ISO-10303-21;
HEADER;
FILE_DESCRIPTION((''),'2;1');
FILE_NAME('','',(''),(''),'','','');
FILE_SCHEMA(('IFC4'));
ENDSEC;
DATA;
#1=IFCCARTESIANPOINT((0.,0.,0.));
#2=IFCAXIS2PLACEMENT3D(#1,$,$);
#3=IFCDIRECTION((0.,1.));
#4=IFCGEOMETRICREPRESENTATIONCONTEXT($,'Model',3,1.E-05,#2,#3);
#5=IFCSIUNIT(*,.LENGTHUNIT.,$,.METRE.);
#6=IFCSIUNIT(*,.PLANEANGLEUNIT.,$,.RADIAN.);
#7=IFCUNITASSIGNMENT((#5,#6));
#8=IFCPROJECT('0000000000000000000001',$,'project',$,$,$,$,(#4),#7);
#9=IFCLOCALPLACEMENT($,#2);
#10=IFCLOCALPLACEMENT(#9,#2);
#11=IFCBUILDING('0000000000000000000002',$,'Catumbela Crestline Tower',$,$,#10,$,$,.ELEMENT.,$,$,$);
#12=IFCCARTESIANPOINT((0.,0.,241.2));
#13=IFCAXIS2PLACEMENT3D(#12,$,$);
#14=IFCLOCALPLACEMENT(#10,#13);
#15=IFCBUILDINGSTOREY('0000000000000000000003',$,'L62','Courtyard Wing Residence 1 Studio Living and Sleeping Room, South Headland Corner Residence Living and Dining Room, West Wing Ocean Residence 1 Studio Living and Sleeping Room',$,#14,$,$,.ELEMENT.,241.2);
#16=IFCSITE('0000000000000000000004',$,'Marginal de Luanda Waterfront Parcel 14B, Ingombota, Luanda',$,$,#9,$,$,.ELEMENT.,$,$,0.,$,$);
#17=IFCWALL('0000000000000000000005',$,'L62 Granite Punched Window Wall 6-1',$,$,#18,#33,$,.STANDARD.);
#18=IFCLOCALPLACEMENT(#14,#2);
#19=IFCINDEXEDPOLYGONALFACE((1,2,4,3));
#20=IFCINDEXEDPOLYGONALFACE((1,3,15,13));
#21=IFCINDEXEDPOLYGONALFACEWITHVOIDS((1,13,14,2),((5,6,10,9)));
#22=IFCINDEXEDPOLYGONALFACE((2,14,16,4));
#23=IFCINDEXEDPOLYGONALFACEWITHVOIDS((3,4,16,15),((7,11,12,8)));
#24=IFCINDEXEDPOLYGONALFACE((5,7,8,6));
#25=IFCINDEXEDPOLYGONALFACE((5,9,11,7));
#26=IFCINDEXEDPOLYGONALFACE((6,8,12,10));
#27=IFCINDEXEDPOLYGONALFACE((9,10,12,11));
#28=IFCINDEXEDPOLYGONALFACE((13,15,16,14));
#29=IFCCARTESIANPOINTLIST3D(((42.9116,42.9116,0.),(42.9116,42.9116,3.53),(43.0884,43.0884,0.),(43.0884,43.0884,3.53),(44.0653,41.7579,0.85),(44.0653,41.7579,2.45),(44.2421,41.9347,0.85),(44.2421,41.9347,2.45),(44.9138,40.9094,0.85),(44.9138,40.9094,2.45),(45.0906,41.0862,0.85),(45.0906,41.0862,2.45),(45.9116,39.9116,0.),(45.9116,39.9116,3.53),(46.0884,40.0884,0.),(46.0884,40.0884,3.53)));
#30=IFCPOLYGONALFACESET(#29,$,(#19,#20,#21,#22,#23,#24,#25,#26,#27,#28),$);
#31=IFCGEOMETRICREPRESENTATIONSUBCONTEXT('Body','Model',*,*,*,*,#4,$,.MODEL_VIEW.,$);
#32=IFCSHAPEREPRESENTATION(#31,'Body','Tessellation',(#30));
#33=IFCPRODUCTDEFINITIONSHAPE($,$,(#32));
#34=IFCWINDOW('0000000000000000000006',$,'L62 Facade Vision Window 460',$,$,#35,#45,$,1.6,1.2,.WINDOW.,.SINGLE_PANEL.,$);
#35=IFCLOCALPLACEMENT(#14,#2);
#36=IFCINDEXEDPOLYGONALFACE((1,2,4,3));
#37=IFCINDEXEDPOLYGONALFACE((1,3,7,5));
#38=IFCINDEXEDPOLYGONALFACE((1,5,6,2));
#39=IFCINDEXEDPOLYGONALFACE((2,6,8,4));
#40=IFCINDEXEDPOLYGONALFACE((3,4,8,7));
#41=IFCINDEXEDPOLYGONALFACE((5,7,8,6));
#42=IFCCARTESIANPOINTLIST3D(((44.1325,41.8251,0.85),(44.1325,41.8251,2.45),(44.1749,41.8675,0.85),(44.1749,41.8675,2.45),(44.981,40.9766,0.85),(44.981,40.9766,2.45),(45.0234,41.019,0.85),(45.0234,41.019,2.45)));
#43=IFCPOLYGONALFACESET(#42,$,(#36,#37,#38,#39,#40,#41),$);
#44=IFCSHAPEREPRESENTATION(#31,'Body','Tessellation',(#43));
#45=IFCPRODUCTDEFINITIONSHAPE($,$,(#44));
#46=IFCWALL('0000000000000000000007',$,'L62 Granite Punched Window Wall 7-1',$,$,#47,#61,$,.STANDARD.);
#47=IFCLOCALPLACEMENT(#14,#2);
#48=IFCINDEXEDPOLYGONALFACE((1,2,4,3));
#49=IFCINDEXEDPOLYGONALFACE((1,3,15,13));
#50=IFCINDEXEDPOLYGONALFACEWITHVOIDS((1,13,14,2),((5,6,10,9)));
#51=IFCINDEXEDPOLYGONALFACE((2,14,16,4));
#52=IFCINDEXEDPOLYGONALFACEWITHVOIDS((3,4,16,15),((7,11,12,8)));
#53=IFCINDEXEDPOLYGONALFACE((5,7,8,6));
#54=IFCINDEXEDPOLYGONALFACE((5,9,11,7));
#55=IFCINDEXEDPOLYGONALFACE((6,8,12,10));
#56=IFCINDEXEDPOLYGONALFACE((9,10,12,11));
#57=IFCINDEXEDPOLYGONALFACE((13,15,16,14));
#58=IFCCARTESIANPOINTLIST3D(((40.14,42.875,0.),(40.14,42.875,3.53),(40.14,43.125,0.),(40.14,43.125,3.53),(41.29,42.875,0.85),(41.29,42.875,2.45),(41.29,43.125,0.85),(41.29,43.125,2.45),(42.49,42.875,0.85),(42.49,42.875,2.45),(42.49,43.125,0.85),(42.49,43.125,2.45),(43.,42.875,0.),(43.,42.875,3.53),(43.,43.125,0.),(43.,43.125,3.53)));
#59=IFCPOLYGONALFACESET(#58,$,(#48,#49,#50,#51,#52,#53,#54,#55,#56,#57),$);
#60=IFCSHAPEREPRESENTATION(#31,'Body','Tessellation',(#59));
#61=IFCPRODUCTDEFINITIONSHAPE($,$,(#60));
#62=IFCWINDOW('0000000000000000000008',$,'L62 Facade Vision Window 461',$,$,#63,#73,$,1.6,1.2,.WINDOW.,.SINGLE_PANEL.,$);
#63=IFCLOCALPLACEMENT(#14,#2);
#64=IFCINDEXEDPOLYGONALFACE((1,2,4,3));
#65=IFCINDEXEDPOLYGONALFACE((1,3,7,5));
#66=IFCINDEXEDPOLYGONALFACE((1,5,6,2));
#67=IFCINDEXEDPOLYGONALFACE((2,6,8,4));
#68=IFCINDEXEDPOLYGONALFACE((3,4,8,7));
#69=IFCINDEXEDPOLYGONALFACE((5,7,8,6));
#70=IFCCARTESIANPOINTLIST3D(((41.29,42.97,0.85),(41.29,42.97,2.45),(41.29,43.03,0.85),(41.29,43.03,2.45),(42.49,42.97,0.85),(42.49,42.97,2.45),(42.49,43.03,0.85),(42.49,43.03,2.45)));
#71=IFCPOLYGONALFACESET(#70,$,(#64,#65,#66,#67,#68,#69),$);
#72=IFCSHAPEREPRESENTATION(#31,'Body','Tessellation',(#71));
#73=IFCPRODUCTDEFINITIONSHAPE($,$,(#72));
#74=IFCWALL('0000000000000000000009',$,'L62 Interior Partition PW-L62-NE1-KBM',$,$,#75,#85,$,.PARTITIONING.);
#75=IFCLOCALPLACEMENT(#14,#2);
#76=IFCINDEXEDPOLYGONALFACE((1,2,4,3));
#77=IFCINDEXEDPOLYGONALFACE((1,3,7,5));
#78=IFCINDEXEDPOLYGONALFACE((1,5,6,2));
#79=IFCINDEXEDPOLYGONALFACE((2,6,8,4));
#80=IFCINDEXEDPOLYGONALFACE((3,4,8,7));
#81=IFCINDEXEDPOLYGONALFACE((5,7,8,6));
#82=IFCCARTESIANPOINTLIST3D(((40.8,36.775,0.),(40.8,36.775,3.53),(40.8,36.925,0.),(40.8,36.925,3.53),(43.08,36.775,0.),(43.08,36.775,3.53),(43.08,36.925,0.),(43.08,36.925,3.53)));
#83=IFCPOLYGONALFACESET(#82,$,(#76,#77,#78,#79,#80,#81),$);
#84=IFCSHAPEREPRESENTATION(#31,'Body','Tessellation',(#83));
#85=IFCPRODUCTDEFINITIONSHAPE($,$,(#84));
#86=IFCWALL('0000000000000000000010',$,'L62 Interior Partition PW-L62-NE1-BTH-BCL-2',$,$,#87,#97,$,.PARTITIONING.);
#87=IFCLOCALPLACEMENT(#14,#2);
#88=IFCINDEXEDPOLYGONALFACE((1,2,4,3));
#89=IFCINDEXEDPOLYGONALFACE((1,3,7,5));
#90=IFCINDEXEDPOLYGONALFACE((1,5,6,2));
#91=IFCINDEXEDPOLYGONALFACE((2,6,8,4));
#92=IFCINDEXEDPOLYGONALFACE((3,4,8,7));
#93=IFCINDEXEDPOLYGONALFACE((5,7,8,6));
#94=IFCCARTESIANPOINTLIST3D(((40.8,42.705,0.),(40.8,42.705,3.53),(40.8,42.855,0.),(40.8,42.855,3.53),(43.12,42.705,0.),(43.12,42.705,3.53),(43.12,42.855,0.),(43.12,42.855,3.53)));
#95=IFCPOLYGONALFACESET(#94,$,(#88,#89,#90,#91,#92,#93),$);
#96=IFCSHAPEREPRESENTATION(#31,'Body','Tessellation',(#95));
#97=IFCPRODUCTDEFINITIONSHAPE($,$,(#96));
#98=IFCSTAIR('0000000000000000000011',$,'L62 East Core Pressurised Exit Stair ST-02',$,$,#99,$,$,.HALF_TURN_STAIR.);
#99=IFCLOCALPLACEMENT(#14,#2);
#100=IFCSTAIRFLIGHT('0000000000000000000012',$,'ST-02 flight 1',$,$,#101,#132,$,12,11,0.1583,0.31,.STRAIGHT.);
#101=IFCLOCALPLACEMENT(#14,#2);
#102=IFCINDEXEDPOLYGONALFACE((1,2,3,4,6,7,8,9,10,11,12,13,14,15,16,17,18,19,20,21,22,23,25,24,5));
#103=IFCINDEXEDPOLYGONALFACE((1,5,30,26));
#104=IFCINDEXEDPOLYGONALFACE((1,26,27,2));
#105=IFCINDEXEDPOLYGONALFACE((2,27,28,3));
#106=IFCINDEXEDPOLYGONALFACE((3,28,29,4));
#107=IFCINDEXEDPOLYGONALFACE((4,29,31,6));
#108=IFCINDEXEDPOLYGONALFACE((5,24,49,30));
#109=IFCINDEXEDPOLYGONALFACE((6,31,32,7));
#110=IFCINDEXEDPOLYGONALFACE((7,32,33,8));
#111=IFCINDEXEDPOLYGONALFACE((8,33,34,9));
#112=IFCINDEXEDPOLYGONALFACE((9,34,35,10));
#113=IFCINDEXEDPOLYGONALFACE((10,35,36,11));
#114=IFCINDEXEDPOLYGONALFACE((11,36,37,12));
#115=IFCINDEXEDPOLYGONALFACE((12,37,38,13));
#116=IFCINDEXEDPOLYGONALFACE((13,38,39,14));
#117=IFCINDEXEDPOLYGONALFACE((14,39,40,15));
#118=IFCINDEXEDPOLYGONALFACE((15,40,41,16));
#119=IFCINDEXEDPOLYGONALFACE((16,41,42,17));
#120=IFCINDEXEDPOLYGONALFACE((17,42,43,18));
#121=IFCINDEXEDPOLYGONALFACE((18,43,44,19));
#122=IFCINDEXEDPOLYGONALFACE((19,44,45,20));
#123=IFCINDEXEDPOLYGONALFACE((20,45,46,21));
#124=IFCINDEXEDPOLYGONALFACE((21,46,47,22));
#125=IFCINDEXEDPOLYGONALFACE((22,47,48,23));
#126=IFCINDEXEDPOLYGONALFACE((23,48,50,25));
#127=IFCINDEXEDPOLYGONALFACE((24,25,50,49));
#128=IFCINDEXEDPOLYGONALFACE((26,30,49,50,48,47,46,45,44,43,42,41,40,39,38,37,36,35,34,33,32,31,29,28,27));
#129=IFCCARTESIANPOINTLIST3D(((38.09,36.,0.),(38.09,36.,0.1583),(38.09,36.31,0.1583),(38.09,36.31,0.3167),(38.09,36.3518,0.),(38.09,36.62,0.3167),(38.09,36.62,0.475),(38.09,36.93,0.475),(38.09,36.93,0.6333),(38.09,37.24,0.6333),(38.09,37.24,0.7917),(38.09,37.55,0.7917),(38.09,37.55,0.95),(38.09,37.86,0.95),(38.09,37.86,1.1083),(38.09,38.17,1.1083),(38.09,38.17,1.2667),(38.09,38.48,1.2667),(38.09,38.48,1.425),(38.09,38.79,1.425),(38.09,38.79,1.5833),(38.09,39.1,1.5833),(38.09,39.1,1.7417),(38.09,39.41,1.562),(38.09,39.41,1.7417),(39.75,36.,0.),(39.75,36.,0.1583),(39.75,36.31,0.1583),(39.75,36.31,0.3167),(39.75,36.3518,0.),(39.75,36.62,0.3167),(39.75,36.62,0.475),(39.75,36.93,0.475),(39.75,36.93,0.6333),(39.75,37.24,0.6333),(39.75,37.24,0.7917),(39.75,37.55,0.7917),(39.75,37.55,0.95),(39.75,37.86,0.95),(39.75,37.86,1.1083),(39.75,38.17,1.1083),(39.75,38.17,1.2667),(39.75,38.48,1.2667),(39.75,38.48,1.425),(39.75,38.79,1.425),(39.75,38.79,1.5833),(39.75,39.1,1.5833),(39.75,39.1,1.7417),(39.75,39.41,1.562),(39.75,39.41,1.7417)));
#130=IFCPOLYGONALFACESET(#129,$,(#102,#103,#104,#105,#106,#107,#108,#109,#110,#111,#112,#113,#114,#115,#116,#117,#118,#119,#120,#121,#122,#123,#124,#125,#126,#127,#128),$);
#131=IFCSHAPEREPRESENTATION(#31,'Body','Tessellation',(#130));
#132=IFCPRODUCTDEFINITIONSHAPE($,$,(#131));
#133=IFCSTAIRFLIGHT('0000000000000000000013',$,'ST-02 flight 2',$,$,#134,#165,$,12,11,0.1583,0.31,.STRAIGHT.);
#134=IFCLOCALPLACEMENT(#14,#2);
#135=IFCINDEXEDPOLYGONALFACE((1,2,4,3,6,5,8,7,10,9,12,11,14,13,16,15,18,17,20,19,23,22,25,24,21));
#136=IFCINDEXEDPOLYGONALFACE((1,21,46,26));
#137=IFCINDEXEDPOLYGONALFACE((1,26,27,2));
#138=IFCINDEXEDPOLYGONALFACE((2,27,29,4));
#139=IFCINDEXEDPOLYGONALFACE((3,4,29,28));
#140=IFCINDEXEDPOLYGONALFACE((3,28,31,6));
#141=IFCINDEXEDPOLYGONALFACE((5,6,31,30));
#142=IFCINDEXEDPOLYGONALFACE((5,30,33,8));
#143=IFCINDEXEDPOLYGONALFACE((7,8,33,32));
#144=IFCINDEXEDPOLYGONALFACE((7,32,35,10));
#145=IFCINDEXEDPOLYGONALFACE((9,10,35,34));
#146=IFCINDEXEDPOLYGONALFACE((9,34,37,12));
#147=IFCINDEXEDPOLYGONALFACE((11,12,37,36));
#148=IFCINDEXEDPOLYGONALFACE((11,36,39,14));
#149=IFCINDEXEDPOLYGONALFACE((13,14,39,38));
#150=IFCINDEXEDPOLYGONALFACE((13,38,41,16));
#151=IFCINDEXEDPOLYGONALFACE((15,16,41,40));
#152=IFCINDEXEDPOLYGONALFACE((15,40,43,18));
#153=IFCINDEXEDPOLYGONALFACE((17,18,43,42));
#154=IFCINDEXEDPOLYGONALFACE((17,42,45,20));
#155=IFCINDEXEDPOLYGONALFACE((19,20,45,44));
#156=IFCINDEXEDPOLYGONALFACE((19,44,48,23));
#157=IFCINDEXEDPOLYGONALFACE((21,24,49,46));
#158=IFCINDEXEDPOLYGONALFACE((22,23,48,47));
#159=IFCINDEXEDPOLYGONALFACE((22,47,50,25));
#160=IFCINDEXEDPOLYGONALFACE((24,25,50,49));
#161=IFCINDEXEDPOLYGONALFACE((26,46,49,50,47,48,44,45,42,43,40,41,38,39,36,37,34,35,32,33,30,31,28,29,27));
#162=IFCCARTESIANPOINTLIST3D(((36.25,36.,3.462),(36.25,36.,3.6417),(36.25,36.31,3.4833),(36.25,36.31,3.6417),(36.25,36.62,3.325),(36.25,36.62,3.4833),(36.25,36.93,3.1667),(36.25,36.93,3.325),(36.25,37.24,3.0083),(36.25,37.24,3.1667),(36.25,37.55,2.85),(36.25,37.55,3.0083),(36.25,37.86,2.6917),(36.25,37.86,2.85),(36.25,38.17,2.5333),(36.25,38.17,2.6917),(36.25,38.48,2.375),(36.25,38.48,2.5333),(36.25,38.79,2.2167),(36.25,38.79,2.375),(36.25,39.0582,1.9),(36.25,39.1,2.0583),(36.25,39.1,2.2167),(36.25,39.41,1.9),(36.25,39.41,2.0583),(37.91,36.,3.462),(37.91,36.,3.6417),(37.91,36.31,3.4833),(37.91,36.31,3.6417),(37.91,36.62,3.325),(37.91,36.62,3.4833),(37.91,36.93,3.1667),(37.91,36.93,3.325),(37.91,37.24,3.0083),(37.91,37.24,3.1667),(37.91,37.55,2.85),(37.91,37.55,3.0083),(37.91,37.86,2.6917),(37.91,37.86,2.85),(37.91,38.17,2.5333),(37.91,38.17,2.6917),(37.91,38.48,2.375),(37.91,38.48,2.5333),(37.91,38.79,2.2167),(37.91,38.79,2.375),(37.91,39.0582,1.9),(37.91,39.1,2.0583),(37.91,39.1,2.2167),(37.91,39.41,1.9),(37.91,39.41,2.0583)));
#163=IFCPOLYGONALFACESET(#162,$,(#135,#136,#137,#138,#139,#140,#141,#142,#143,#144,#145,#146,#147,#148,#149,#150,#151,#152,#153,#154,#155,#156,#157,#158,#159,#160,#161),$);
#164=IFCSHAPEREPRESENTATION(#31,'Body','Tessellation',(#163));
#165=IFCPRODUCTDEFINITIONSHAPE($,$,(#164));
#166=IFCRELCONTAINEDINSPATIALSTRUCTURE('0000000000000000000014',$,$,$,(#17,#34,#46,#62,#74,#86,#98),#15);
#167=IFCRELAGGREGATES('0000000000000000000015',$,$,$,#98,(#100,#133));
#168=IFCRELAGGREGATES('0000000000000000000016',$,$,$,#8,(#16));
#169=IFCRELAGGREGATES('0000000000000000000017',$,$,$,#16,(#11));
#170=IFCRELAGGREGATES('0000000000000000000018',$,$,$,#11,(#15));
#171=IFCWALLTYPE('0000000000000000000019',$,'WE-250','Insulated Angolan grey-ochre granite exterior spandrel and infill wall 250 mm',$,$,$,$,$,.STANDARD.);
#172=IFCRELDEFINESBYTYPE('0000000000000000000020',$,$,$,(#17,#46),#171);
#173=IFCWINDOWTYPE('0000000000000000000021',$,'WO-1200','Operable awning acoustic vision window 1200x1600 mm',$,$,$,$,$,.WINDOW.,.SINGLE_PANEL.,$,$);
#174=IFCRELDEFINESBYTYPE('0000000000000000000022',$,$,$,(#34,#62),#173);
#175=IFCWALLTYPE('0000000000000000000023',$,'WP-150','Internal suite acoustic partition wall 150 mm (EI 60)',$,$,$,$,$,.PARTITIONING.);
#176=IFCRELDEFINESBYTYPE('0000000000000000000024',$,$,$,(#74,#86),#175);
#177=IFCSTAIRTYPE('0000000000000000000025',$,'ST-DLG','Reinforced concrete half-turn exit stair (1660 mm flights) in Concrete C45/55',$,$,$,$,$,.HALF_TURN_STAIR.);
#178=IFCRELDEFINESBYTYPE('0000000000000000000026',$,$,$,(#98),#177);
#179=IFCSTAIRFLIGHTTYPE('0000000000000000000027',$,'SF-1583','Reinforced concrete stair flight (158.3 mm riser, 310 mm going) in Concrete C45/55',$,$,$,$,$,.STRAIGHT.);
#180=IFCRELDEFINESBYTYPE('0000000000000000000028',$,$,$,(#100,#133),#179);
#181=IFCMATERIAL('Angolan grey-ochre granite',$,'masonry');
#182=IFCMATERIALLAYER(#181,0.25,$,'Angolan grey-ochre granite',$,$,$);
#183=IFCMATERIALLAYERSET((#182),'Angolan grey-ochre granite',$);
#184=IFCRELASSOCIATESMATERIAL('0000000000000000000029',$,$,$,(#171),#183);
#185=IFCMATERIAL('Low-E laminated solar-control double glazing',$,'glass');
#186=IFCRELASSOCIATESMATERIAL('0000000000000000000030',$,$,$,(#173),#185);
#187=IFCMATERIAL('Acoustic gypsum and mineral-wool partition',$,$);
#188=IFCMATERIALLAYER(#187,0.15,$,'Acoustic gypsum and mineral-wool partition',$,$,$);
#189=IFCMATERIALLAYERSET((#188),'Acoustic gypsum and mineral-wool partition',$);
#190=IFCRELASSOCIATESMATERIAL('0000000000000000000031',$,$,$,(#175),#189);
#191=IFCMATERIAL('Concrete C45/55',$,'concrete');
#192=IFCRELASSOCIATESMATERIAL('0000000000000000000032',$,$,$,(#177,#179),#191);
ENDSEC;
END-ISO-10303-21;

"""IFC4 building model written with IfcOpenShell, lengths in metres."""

from ifc_helpers import new_model, si_unit, direction, frame, frame_2d, origin, place, context, subcontext, project, spatial, polyline, rectangle, outline, extrude, material, layer, layer_set, type_object, element, fill, aggregate, save


model = new_model("IFC4")

# Units and contexts
model_context = context("Model", 3, precision=1e-05, world=origin(), true_north=direction((0.0, 1.0)))
body_context = subcontext(model_context, "Body", "Model", "MODEL_VIEW")
ifc_project = project(units=[si_unit("LENGTHUNIT", "METRE"), si_unit("PLANEANGLEUNIT", "RADIAN")], contexts=[model_context])

# Site, building, storey
site_placement = place(None, origin())
site = spatial("IfcSite", under=ifc_project, at=site_placement, Name="Marginal de Luanda Waterfront Parcel 14B, Ingombota, Luanda", CompositionType="ELEMENT", RefElevation=0.0)
building_placement = place(site_placement, origin())
building = spatial("IfcBuilding", under=site, at=building_placement, Name="Catumbela Crestline Tower", CompositionType="ELEMENT")
storey_placement = place(building_placement, frame((0.0, 0.0, 241.2)))
storey = spatial("IfcBuildingStorey", under=building, at=storey_placement, Name="L62", Description="Courtyard Wing Residence 1 Studio Living and Sleeping Room, South Headland Corner Residence Living and Dining Room, West Wing Ocean Residence 1 Studio Living and Sleeping Room", CompositionType="ELEMENT", Elevation=241.2)

# Shared definitions
ifc_material_1 = material(Name="Low-E laminated solar-control double glazing", Category="glass")

# Walls, openings, windows
ifc_material_2 = material(Name="Angolan grey-ochre granite", Category="masonry")
ifc_layer_1 = layer(ifc_material_2, 0.25, Name="Angolan grey-ochre granite")
ifc_layer_set_1 = layer_set([ifc_layer_1], Name="Angolan grey-ochre granite")
wall_type_1 = type_object("IfcWallType", Name="WE-250", Description="Insulated Angolan grey-ochre granite exterior spandrel and infill wall 250 mm", PredefinedType="STANDARD", material=ifc_layer_set_1)
wall_1_placement = place(storey_placement, frame((46.0, 40.0, 0.0), z_axis=(0.0, 0.0, 1.0), x_axis=(-0.707107, 0.707107, 0.0)))
wall_1 = element("IfcWall", 1, at=wall_1_placement, inside=storey, type_object=wall_type_1, Name="L62 Granite Punched Window Wall 6-1", PredefinedType="STANDARD", context=body_context, shape_type="SweptSolid", body=[
    extrude(rectangle(XDim=4.2426, YDim=0.25, at=frame_2d((2.1213, 0.0))), origin(), (0.0, 0.0, 1.0), 3.53),
])
opening_1_placement = place(wall_1_placement, frame((1.4111, 0.0, 0.85)))
opening_1 = element("IfcOpeningElement", 2, at=opening_1_placement, cuts=wall_1, PredefinedType="OPENING", context=body_context, shape_type="SweptSolid", body=[
    extrude(rectangle(XDim=1.2, YDim=1.6, at=frame_2d((0.6, 0.8))), frame((0.0, 0.135, 0.0), z_axis=(0.0, -1.0, 0.0), x_axis=(1.0, 0.0, 0.0)), (0.0, 0.0, 1.0), 0.27),
])
window_type = type_object("IfcWindowType", Name="WO-1200", Description="Operable awning acoustic vision window 1200x1600 mm", PartitioningType="SINGLE_PANEL", PredefinedType="WINDOW", material=ifc_material_1)
window_1_placement = place(opening_1_placement, origin())
window_1 = element("IfcWindow", 3, at=window_1_placement, inside=storey, type_object=window_type, Name="L62 Facade Vision Window 460", OverallHeight=1.6, OverallWidth=1.2, PartitioningType="SINGLE_PANEL", PredefinedType="WINDOW", context=body_context, shape_type="SweptSolid", body=[
    extrude(rectangle(XDim=1.2, YDim=1.6, at=frame_2d((0.6, 0.8))), frame((0.0, 0.03, 0.0), z_axis=(0.0, -1.0, 0.0), x_axis=(1.0, 0.0, 0.0)), (0.0, 0.0, 1.0), 0.06),
])
fill(opening_1, window_1)
wall_2_placement = place(storey_placement, frame((43.0, 43.0, 0.0), z_axis=(0.0, 0.0, 1.0), x_axis=(-1.0, 0.0, 0.0)))
wall_2 = element("IfcWall", 4, at=wall_2_placement, inside=storey, type_object=wall_type_1, Name="L62 Granite Punched Window Wall 7-1", PredefinedType="STANDARD", context=body_context, shape_type="SweptSolid", body=[
    extrude(rectangle(XDim=2.86, YDim=0.25, at=frame_2d((1.43, 0.0))), origin(), (0.0, 0.0, 1.0), 3.53),
])
opening_2_placement = place(wall_2_placement, frame((0.51, 0.0, 0.85)))
opening_2 = element("IfcOpeningElement", 5, at=opening_2_placement, cuts=wall_2, PredefinedType="OPENING", context=body_context, shape_type="SweptSolid", body=[
    extrude(rectangle(XDim=1.2, YDim=1.6, at=frame_2d((0.6, 0.8))), frame((0.0, 0.135, 0.0), z_axis=(0.0, -1.0, 0.0), x_axis=(1.0, 0.0, 0.0)), (0.0, 0.0, 1.0), 0.27),
])
window_2_placement = place(opening_2_placement, origin())
window_2 = element("IfcWindow", 6, at=window_2_placement, inside=storey, type_object=window_type, Name="L62 Facade Vision Window 461", OverallHeight=1.6, OverallWidth=1.2, PartitioningType="SINGLE_PANEL", PredefinedType="WINDOW", context=body_context, shape_type="SweptSolid", body=[
    extrude(rectangle(XDim=1.2, YDim=1.6, at=frame_2d((0.6, 0.8))), frame((0.0, 0.03, 0.0), z_axis=(0.0, -1.0, 0.0), x_axis=(1.0, 0.0, 0.0)), (0.0, 0.0, 1.0), 0.06),
])
fill(opening_2, window_2)

# Walls
ifc_material_3 = material(Name="Acoustic gypsum and mineral-wool partition")
ifc_layer_2 = layer(ifc_material_3, 0.15, Name="Acoustic gypsum and mineral-wool partition")
ifc_layer_set_2 = layer_set([ifc_layer_2], Name="Acoustic gypsum and mineral-wool partition")
wall_type_2 = type_object("IfcWallType", Name="WP-150", Description="Internal suite acoustic partition wall 150 mm (EI 60)", PredefinedType="PARTITIONING", material=ifc_layer_set_2)
wall_3_placement = place(storey_placement, frame((40.8, 36.85, 0.0), z_axis=(0.0, 0.0, 1.0), x_axis=(1.0, 0.0, 0.0)))
element("IfcWall", 7, at=wall_3_placement, inside=storey, type_object=wall_type_2, Name="L62 Interior Partition PW-L62-NE1-KBM", PredefinedType="PARTITIONING", context=body_context, shape_type="SweptSolid", body=[
    extrude(rectangle(XDim=2.28, YDim=0.15, at=frame_2d((1.14, 0.0))), origin(), (0.0, 0.0, 1.0), 3.53),
])
wall_4_placement = place(storey_placement, frame((40.8, 42.78, 0.0), z_axis=(0.0, 0.0, 1.0), x_axis=(1.0, 0.0, 0.0)))
element("IfcWall", 8, at=wall_4_placement, inside=storey, type_object=wall_type_2, Name="L62 Interior Partition PW-L62-NE1-BTH-BCL-2", PredefinedType="PARTITIONING", context=body_context, shape_type="SweptSolid", body=[
    extrude(rectangle(XDim=2.32, YDim=0.15, at=frame_2d((1.16, 0.0))), origin(), (0.0, 0.0, 1.0), 3.53),
])

# Stair, stair flights
ifc_material_4 = material(Name="Concrete C45/55", Category="concrete")
stair_type = type_object("IfcStairType", Name="ST-DLG", Description="Reinforced concrete half-turn exit stair (1660 mm flights) in Concrete C45/55", PredefinedType="HALF_TURN_STAIR", material=ifc_material_4)
stair_placement = place(storey_placement, origin())
stair = element("IfcStair", 9, at=stair_placement, inside=storey, type_object=stair_type, Name="L62 East Core Pressurised Exit Stair ST-02", PredefinedType="HALF_TURN_STAIR")
stair_flight_type = type_object("IfcStairFlightType", Name="SF-1583", Description="Reinforced concrete stair flight (158.3 mm riser, 310 mm going) in Concrete C45/55", PredefinedType="STRAIGHT", material=ifc_material_4)
stair_flight_1_placement = place(storey_placement, frame((38.92, 36.0, 0.0), z_axis=(0.0, 0.0, 1.0), x_axis=(0.0, 1.0, 0.0)))
stair_flight_1 = element("IfcStairFlight", 10, at=stair_flight_1_placement, type_object=stair_flight_type, Name="ST-02 flight 1", NumberOfRisers=12, NumberOfTreads=11, PredefinedType="STRAIGHT", RiserHeight=0.1583, TreadLength=0.31, context=body_context, shape_type="SweptSolid", body=[
    extrude(outline(polyline([(0.0, 0.0), (0.0, 0.1583), (0.31, 0.1583), (0.31, 0.3167), (0.62, 0.3167), (0.62, 0.475), (0.93, 0.475), (0.93, 0.6333), (1.24, 0.6333), (1.24, 0.7917), (1.55, 0.7917), (1.55, 0.95), (1.86, 0.95), (1.86, 1.1083), (2.17, 1.1083), (2.17, 1.2667), (2.48, 1.2667), (2.48, 1.425), (2.79, 1.425), (2.79, 1.5833), (3.1, 1.5833), (3.1, 1.7417), (3.41, 1.7417), (3.41, 1.9), (3.41, 1.562), (0.3518, 0.0), (0.0, 0.0)])), frame((0.0, 0.83, 0.0), z_axis=(0.0, -1.0, 0.0), x_axis=(1.0, 0.0, 0.0)), (0.0, 0.0, 1.0), 1.66),
])
stair_flight_2_placement = place(storey_placement, frame((37.08, 39.41, 1.9), z_axis=(0.0, 0.0, 1.0), x_axis=(0.0, -1.0, 0.0)))
stair_flight_2 = element("IfcStairFlight", 11, at=stair_flight_2_placement, type_object=stair_flight_type, Name="ST-02 flight 2", NumberOfRisers=12, NumberOfTreads=11, PredefinedType="STRAIGHT", RiserHeight=0.1583, TreadLength=0.31, context=body_context, shape_type="SweptSolid", body=[
    extrude(outline(polyline([(0.0, 0.0), (0.0, 0.1583), (0.31, 0.1583), (0.31, 0.3167), (0.62, 0.3167), (0.62, 0.475), (0.93, 0.475), (0.93, 0.6333), (1.24, 0.6333), (1.24, 0.7917), (1.55, 0.7917), (1.55, 0.95), (1.86, 0.95), (1.86, 1.1083), (2.17, 1.1083), (2.17, 1.2667), (2.48, 1.2667), (2.48, 1.425), (2.79, 1.425), (2.79, 1.5833), (3.1, 1.5833), (3.1, 1.7417), (3.41, 1.7417), (3.41, 1.9), (3.41, 1.562), (0.3518, 0.0), (0.0, 0.0)])), frame((0.0, 0.83, 0.0), z_axis=(0.0, -1.0, 0.0), x_axis=(1.0, 0.0, 0.0)), (0.0, 0.0, 1.0), 1.66),
])
aggregate(stair, [stair_flight_1, stair_flight_2])

save(model, "model.ifc")
